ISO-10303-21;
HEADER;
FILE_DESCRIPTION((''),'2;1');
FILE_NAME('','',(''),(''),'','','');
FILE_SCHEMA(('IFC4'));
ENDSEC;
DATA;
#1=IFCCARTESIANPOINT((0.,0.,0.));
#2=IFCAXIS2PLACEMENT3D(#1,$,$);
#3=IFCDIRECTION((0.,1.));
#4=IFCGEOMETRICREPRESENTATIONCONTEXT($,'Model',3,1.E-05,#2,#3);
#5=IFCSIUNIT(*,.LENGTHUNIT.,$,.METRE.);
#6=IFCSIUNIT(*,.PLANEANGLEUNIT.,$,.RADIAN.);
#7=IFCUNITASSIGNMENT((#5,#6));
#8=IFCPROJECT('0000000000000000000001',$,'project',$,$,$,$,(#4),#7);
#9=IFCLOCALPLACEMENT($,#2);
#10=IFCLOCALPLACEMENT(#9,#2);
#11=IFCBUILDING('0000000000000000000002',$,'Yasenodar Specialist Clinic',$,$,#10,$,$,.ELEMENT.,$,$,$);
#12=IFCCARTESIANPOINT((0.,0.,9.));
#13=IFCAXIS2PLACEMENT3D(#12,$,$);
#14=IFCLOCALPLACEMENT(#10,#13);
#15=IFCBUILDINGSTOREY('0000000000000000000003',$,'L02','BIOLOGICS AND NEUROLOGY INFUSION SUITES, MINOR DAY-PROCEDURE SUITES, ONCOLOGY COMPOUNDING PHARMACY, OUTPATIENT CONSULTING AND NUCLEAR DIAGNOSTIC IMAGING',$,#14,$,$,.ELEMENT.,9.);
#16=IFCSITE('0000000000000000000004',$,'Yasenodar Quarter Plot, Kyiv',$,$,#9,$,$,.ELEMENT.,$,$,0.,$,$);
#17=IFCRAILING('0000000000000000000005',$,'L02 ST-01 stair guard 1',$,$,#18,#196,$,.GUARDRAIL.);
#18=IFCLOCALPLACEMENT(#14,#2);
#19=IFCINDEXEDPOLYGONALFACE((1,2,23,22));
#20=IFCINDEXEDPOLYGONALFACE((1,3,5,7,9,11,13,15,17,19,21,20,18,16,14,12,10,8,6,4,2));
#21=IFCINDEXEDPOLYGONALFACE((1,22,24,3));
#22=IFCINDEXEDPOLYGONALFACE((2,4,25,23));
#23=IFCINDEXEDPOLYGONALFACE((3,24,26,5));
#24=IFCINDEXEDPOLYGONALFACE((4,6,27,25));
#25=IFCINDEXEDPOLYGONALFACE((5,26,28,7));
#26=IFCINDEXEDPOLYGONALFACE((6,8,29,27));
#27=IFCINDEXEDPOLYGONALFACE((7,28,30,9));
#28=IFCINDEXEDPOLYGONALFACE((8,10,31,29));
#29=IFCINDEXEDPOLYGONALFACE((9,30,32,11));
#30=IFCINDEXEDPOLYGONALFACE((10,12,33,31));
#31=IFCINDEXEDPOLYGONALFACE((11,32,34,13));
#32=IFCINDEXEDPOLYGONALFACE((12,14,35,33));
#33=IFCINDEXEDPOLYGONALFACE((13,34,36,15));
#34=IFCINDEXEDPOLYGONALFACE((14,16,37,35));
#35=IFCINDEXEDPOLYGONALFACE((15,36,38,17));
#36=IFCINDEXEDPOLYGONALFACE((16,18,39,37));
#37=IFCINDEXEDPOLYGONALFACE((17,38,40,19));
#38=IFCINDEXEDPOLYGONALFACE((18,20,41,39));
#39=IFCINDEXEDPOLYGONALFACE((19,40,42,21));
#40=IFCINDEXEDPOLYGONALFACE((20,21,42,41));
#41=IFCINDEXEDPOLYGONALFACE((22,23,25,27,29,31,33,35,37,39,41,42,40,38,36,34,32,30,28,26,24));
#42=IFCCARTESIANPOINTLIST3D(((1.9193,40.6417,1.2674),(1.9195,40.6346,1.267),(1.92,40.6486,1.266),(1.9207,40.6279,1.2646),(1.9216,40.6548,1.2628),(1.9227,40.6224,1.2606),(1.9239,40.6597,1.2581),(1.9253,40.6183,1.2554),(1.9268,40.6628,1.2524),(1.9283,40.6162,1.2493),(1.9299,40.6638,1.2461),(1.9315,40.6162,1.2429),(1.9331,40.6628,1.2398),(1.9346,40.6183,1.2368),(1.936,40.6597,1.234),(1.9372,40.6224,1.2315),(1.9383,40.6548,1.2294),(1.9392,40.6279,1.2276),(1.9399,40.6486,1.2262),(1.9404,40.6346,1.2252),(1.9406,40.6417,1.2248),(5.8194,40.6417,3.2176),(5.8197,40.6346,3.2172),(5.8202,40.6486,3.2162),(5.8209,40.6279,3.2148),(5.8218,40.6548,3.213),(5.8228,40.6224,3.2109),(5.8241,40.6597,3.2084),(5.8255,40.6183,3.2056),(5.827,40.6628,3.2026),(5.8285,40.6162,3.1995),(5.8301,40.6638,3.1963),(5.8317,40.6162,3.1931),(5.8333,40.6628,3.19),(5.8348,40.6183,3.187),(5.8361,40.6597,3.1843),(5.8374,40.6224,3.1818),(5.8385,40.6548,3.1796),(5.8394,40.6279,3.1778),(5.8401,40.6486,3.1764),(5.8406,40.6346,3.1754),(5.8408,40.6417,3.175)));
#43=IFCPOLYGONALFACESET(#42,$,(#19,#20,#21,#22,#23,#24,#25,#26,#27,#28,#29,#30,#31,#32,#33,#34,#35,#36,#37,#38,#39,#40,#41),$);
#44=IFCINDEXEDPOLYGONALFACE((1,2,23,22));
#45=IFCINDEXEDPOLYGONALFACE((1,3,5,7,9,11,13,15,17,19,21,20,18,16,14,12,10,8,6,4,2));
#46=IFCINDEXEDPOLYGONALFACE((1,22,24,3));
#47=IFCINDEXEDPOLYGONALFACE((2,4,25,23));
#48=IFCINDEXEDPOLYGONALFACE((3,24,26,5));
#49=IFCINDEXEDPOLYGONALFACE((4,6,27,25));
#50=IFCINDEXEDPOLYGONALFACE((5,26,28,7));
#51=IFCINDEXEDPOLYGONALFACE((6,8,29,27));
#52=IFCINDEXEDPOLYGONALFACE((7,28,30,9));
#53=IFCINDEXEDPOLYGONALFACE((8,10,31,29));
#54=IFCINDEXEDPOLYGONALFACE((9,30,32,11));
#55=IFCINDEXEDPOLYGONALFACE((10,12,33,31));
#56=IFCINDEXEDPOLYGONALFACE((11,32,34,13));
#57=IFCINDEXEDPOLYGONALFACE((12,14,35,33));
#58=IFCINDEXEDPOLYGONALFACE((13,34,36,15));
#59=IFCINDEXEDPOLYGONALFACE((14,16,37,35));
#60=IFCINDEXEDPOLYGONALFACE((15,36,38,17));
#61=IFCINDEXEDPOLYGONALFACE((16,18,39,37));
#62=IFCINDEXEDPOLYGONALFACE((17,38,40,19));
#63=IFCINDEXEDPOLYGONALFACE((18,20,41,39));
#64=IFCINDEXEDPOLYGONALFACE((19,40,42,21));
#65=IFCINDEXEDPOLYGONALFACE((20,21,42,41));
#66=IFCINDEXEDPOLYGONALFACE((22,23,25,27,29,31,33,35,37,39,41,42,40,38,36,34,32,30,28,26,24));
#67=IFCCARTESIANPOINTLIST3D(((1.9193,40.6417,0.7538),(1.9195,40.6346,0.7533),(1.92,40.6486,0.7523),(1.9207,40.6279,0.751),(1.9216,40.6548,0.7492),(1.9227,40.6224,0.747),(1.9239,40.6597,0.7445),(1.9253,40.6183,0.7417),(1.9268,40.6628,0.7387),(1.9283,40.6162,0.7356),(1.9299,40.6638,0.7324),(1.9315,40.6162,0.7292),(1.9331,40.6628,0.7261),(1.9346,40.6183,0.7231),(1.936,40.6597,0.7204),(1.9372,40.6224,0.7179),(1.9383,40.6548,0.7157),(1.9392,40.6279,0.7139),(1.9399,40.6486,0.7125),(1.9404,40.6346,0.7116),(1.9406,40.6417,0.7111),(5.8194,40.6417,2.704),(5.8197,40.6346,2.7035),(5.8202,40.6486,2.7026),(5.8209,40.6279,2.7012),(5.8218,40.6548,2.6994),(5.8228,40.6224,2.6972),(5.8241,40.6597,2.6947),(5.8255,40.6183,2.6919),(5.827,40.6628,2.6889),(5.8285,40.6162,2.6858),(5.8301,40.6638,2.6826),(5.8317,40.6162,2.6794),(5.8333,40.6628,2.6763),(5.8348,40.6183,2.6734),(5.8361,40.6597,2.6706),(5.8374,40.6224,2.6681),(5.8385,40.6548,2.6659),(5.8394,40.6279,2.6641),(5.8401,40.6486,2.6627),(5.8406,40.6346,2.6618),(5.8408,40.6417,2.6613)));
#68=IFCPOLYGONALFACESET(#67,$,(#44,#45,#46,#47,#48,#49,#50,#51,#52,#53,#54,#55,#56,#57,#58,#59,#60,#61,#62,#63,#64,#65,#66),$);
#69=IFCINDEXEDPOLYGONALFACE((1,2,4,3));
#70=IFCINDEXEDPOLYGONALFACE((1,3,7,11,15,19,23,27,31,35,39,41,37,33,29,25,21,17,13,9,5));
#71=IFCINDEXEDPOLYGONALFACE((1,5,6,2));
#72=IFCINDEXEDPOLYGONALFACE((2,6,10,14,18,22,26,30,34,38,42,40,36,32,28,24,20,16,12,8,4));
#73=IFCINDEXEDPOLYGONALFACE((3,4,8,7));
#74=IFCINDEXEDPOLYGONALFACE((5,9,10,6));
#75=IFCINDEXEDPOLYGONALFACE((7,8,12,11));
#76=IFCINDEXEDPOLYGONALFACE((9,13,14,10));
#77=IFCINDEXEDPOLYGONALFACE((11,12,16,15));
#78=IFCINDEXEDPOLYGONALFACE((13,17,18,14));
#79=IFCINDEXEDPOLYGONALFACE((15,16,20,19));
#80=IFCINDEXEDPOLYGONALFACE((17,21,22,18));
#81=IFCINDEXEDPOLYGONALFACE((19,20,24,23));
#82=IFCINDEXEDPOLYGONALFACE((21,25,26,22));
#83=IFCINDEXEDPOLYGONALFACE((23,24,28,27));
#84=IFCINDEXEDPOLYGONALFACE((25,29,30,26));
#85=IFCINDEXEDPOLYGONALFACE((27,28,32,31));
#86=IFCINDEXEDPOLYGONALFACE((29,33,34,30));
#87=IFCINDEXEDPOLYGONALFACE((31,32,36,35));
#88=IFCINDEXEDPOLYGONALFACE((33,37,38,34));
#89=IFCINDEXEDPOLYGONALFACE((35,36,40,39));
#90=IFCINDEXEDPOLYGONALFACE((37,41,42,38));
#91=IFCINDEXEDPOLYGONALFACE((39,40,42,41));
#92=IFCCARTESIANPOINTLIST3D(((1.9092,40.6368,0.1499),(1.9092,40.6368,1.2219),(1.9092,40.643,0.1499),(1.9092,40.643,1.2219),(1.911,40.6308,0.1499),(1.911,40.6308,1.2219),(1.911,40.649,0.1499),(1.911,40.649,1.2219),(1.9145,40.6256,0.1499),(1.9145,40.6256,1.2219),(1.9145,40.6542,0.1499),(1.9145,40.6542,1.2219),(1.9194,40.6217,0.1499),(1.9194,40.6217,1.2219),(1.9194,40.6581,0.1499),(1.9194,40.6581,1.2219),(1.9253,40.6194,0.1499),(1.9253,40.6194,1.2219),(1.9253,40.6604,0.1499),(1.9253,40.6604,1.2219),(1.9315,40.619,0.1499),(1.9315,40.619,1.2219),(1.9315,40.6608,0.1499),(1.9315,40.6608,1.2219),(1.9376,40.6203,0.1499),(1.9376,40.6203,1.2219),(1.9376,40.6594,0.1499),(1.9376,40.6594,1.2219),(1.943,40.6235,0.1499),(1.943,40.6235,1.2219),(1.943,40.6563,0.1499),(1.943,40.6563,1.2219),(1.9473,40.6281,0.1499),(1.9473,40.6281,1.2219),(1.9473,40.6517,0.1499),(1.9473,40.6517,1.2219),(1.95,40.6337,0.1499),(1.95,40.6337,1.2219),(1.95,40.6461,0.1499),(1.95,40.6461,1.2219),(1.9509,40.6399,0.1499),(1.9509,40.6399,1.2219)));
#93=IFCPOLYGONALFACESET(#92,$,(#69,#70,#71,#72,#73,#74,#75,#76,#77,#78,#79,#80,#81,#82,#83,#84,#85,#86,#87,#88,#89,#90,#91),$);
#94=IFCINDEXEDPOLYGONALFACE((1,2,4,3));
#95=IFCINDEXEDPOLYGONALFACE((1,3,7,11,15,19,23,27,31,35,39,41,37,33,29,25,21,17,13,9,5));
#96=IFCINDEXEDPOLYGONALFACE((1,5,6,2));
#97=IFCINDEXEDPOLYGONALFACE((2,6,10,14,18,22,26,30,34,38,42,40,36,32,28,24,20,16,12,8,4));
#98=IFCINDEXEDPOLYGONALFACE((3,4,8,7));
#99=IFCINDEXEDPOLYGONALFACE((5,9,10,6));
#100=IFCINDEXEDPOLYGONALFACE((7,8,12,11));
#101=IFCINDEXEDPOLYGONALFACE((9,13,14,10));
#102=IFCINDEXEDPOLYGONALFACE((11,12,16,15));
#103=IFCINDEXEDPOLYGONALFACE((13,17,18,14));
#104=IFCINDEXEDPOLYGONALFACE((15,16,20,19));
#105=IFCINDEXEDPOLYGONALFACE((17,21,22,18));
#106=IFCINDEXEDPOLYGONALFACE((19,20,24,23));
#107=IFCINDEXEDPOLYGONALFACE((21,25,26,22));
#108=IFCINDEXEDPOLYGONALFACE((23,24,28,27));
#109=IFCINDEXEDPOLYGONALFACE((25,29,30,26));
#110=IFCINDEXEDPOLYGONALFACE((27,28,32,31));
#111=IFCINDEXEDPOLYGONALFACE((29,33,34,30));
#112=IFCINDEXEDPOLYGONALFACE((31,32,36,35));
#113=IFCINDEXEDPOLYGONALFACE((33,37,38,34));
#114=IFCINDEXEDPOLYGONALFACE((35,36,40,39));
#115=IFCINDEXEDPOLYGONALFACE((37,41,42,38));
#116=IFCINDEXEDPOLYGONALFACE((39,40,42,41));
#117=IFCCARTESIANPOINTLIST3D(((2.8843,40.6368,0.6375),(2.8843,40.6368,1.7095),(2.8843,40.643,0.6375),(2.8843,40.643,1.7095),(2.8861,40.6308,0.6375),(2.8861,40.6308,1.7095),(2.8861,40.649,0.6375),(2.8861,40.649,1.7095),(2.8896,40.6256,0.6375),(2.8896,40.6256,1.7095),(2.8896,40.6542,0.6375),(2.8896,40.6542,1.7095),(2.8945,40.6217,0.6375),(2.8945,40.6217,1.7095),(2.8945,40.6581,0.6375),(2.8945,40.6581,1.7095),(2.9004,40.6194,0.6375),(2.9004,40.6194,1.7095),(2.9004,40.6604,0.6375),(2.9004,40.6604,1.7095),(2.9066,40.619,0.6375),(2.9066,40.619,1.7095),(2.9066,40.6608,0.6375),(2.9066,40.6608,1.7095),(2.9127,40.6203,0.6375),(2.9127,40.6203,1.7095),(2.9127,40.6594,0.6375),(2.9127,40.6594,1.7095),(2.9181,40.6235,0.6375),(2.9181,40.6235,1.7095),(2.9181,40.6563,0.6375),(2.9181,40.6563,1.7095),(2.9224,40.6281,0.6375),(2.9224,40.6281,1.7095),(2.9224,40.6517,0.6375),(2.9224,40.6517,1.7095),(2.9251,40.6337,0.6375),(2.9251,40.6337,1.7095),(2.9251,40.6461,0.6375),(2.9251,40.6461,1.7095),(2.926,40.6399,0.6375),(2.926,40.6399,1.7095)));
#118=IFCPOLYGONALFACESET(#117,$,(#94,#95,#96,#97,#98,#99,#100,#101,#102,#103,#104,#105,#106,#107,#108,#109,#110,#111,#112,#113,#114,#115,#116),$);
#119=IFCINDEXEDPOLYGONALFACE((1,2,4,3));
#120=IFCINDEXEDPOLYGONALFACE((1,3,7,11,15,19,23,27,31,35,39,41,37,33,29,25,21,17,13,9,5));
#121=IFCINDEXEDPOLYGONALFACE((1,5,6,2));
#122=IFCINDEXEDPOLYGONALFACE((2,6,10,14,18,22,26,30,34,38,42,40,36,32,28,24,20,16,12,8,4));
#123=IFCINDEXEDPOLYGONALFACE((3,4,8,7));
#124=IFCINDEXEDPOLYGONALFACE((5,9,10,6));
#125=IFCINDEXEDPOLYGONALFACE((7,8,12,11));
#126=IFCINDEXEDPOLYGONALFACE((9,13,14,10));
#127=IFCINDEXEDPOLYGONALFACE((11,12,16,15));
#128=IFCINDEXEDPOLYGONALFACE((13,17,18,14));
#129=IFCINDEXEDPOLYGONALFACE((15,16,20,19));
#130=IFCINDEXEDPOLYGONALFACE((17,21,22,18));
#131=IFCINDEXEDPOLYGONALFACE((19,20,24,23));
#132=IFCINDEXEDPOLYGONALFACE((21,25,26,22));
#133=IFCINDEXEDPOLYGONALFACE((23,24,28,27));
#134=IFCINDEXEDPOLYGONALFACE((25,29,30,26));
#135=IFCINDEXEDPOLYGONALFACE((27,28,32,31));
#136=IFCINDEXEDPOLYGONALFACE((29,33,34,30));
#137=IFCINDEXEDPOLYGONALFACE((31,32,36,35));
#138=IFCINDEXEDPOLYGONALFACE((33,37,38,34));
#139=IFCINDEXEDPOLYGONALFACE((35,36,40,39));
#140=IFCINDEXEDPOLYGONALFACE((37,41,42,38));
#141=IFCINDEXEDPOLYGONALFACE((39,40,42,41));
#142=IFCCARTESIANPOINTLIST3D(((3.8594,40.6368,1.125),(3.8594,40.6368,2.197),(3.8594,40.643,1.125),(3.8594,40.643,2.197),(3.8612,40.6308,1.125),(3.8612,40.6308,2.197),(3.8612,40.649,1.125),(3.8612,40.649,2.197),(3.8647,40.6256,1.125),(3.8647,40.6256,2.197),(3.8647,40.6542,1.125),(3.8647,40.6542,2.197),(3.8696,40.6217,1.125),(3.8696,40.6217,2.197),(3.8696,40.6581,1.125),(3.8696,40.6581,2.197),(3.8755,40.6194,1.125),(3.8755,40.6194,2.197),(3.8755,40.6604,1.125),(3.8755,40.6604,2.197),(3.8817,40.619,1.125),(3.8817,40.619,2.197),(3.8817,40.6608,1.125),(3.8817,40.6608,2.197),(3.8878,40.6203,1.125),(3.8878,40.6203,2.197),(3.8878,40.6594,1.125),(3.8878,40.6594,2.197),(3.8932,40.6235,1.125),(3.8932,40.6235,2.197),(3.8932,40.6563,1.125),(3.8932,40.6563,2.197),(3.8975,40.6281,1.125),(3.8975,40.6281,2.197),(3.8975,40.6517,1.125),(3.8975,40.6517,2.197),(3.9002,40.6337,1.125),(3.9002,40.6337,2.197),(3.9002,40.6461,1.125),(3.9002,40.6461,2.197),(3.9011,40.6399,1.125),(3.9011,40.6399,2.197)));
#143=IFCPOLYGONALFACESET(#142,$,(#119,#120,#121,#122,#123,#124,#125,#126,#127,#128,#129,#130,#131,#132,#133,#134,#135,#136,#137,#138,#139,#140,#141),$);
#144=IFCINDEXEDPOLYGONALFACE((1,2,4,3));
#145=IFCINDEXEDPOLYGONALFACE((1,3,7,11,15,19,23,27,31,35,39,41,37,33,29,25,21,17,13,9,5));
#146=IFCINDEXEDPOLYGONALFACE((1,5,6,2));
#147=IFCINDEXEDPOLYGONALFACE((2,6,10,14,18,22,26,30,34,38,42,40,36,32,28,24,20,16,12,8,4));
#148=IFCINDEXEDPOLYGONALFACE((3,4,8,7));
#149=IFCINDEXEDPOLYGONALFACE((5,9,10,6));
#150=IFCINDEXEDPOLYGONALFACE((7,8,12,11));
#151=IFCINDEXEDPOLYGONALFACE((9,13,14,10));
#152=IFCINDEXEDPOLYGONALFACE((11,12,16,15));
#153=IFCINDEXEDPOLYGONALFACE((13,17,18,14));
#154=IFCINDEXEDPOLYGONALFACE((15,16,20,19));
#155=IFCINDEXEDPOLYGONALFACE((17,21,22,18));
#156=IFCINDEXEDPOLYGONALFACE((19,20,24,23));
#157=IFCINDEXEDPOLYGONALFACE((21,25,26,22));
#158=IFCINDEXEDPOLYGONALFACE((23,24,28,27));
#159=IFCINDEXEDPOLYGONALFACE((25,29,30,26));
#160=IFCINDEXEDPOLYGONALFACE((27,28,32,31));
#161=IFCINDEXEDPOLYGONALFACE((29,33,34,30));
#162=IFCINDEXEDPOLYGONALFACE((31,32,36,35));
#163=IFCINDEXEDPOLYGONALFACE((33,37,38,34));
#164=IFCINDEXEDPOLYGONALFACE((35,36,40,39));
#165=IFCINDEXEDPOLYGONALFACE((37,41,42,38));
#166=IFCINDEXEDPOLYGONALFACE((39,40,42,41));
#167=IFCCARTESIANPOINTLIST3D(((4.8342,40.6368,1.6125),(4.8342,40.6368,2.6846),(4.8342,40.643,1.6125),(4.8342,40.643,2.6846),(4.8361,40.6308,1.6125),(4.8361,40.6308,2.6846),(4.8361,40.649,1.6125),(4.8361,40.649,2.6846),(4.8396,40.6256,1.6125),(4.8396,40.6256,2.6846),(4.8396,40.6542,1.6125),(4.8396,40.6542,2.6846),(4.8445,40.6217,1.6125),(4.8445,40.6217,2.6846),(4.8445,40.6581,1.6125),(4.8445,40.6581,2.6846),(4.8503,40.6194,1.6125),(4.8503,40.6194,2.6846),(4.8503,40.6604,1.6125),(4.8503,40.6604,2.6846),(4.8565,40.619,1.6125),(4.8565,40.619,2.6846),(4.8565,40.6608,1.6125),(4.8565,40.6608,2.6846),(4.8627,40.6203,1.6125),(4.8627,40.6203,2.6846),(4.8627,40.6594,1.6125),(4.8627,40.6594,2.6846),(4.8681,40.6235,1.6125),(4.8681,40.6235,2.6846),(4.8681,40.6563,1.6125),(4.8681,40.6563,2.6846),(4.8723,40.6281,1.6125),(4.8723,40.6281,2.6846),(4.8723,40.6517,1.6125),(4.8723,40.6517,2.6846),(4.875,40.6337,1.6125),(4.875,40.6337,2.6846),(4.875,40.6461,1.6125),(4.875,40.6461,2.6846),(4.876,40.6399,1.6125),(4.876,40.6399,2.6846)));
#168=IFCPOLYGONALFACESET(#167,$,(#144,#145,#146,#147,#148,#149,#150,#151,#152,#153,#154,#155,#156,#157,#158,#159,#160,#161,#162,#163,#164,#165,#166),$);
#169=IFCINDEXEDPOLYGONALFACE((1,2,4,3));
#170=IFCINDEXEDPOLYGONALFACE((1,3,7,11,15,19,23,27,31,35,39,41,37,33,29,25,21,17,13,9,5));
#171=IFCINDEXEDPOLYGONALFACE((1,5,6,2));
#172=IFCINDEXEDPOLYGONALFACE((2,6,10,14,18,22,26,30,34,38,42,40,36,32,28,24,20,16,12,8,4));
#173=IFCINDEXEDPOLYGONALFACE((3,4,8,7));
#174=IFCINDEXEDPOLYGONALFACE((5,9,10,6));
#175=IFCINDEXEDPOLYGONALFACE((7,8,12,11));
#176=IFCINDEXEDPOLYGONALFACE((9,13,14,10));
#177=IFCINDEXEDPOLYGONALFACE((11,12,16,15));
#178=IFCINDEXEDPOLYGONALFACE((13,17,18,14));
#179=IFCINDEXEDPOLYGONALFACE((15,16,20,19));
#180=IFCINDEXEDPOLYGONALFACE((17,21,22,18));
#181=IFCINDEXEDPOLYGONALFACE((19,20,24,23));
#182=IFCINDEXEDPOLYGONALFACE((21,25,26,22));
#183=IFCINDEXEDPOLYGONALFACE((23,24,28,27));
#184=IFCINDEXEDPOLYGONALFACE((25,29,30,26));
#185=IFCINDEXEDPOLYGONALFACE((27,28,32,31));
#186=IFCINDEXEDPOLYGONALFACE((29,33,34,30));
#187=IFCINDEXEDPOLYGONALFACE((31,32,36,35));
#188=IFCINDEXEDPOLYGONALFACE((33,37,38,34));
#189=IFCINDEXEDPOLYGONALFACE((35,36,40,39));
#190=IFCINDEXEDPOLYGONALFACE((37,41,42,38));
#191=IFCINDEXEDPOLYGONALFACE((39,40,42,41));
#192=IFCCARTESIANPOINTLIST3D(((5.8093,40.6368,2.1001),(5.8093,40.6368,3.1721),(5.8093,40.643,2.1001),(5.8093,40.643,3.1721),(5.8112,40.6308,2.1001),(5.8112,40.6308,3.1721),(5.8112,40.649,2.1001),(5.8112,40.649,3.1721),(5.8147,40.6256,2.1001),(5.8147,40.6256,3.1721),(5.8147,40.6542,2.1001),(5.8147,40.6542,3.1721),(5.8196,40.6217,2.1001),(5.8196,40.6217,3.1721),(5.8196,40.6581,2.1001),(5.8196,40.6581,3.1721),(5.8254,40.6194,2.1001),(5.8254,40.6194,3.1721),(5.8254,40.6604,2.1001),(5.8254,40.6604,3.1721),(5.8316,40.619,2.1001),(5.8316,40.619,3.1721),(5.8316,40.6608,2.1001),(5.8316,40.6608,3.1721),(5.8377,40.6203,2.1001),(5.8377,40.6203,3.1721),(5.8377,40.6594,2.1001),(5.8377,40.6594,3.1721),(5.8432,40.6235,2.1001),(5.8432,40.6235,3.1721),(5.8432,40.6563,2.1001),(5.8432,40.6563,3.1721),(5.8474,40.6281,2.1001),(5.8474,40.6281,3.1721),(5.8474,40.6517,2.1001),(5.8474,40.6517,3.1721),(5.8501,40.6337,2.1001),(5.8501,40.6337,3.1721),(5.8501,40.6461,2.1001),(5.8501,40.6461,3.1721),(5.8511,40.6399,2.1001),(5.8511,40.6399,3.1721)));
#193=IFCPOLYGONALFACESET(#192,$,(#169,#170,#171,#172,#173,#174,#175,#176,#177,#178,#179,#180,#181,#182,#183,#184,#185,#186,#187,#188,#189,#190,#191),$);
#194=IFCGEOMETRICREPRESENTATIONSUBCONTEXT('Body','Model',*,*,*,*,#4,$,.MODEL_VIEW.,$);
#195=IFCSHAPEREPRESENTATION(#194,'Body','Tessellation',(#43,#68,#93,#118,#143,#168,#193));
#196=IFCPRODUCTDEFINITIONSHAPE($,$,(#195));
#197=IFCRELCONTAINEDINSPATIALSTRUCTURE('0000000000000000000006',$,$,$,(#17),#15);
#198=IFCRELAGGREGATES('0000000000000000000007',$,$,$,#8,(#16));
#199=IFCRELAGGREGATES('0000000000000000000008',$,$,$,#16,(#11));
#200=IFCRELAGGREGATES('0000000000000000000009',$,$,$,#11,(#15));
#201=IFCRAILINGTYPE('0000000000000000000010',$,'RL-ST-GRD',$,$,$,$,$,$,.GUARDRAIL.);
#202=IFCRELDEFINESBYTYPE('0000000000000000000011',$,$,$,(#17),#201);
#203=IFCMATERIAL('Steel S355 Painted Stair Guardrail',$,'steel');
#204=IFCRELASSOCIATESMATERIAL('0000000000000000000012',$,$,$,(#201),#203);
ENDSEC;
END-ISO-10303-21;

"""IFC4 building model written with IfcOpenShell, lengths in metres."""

from ifc_helpers import new_model, si_unit, direction, frame, origin, origin_2d, place, context, subcontext, project, spatial, circle, extrude, material, type_object, element, save


model = new_model("IFC4")

# Units and contexts
model_context = context("Model", 3, precision=1e-05, world=origin(), true_north=direction((0.0, 1.0)))
body_context = subcontext(model_context, "Body", "Model", "MODEL_VIEW")
ifc_project = project(units=[si_unit("LENGTHUNIT", "METRE"), si_unit("PLANEANGLEUNIT", "RADIAN")], contexts=[model_context])

# Site, building, storey
site_placement = place(None, origin())
site = spatial("IfcSite", under=ifc_project, at=site_placement, Name="Yasenodar Quarter Plot, Kyiv", CompositionType="ELEMENT", RefElevation=0.0)
building_placement = place(site_placement, origin())
building = spatial("IfcBuilding", under=site, at=building_placement, Name="Yasenodar Specialist Clinic", CompositionType="ELEMENT")
storey_placement = place(building_placement, frame((0.0, 0.0, 9.0)))
storey = spatial("IfcBuildingStorey", under=building, at=storey_placement, Name="L02", Description="BIOLOGICS AND NEUROLOGY INFUSION SUITES, MINOR DAY-PROCEDURE SUITES, ONCOLOGY COMPOUNDING PHARMACY, OUTPATIENT CONSULTING AND NUCLEAR DIAGNOSTIC IMAGING", CompositionType="ELEMENT", Elevation=9.0)

# Railing
ifc_material_1 = material(Name="Steel S355 Painted Stair Guardrail", Category="steel")
railing_type_1 = type_object("IfcRailingType", Name="RL-ST-GRD", PredefinedType="GUARDRAIL", material=ifc_material_1)
railing_1_placement = place(storey_placement, frame((1.9299, 40.6399, 0.1499)))
element("IfcRailing", 1, at=railing_1_placement, inside=storey, type_object=railing_type_1, Name="L02 ST-01 stair guard 1", PredefinedType="GUARDRAIL", context=body_context, shape_type="SweptSolid", body=[
    extrude(circle(Radius=0.0239, at=origin_2d()), frame((0.0, 0.0, 1.0962), z_axis=(0.894416, 0.0, 0.447236), x_axis=(0.0, 1.0, 0.0)), (0.0, 0.0, 1.0), 4.3606),
    extrude(circle(Radius=0.0239, at=origin_2d()), frame((0.0, 0.0, 0.5825), z_axis=(0.894416, 0.0, 0.447236), x_axis=(0.0, 1.0, 0.0)), (0.0, 0.0, 1.0), 4.3606),
    extrude(circle(Radius=0.021, at=origin_2d()), origin(), (0.0, 0.0, 1.0), 1.072),
    extrude(circle(Radius=0.021, at=origin_2d()), frame((0.9751, 0.0, 0.4875)), (0.0, 0.0, 1.0), 1.072),
    extrude(circle(Radius=0.021, at=origin_2d()), frame((1.9502, 0.0, 0.9751)), (0.0, 0.0, 1.0), 1.072),
    extrude(circle(Radius=0.021, at=origin_2d()), frame((2.925, 0.0, 1.4626)), (0.0, 0.0, 1.0), 1.072),
    extrude(circle(Radius=0.021, at=origin_2d()), frame((3.9001, 0.0, 1.9502)), (0.0, 0.0, 1.0), 1.072),
])

save(model, "model.ifc")
